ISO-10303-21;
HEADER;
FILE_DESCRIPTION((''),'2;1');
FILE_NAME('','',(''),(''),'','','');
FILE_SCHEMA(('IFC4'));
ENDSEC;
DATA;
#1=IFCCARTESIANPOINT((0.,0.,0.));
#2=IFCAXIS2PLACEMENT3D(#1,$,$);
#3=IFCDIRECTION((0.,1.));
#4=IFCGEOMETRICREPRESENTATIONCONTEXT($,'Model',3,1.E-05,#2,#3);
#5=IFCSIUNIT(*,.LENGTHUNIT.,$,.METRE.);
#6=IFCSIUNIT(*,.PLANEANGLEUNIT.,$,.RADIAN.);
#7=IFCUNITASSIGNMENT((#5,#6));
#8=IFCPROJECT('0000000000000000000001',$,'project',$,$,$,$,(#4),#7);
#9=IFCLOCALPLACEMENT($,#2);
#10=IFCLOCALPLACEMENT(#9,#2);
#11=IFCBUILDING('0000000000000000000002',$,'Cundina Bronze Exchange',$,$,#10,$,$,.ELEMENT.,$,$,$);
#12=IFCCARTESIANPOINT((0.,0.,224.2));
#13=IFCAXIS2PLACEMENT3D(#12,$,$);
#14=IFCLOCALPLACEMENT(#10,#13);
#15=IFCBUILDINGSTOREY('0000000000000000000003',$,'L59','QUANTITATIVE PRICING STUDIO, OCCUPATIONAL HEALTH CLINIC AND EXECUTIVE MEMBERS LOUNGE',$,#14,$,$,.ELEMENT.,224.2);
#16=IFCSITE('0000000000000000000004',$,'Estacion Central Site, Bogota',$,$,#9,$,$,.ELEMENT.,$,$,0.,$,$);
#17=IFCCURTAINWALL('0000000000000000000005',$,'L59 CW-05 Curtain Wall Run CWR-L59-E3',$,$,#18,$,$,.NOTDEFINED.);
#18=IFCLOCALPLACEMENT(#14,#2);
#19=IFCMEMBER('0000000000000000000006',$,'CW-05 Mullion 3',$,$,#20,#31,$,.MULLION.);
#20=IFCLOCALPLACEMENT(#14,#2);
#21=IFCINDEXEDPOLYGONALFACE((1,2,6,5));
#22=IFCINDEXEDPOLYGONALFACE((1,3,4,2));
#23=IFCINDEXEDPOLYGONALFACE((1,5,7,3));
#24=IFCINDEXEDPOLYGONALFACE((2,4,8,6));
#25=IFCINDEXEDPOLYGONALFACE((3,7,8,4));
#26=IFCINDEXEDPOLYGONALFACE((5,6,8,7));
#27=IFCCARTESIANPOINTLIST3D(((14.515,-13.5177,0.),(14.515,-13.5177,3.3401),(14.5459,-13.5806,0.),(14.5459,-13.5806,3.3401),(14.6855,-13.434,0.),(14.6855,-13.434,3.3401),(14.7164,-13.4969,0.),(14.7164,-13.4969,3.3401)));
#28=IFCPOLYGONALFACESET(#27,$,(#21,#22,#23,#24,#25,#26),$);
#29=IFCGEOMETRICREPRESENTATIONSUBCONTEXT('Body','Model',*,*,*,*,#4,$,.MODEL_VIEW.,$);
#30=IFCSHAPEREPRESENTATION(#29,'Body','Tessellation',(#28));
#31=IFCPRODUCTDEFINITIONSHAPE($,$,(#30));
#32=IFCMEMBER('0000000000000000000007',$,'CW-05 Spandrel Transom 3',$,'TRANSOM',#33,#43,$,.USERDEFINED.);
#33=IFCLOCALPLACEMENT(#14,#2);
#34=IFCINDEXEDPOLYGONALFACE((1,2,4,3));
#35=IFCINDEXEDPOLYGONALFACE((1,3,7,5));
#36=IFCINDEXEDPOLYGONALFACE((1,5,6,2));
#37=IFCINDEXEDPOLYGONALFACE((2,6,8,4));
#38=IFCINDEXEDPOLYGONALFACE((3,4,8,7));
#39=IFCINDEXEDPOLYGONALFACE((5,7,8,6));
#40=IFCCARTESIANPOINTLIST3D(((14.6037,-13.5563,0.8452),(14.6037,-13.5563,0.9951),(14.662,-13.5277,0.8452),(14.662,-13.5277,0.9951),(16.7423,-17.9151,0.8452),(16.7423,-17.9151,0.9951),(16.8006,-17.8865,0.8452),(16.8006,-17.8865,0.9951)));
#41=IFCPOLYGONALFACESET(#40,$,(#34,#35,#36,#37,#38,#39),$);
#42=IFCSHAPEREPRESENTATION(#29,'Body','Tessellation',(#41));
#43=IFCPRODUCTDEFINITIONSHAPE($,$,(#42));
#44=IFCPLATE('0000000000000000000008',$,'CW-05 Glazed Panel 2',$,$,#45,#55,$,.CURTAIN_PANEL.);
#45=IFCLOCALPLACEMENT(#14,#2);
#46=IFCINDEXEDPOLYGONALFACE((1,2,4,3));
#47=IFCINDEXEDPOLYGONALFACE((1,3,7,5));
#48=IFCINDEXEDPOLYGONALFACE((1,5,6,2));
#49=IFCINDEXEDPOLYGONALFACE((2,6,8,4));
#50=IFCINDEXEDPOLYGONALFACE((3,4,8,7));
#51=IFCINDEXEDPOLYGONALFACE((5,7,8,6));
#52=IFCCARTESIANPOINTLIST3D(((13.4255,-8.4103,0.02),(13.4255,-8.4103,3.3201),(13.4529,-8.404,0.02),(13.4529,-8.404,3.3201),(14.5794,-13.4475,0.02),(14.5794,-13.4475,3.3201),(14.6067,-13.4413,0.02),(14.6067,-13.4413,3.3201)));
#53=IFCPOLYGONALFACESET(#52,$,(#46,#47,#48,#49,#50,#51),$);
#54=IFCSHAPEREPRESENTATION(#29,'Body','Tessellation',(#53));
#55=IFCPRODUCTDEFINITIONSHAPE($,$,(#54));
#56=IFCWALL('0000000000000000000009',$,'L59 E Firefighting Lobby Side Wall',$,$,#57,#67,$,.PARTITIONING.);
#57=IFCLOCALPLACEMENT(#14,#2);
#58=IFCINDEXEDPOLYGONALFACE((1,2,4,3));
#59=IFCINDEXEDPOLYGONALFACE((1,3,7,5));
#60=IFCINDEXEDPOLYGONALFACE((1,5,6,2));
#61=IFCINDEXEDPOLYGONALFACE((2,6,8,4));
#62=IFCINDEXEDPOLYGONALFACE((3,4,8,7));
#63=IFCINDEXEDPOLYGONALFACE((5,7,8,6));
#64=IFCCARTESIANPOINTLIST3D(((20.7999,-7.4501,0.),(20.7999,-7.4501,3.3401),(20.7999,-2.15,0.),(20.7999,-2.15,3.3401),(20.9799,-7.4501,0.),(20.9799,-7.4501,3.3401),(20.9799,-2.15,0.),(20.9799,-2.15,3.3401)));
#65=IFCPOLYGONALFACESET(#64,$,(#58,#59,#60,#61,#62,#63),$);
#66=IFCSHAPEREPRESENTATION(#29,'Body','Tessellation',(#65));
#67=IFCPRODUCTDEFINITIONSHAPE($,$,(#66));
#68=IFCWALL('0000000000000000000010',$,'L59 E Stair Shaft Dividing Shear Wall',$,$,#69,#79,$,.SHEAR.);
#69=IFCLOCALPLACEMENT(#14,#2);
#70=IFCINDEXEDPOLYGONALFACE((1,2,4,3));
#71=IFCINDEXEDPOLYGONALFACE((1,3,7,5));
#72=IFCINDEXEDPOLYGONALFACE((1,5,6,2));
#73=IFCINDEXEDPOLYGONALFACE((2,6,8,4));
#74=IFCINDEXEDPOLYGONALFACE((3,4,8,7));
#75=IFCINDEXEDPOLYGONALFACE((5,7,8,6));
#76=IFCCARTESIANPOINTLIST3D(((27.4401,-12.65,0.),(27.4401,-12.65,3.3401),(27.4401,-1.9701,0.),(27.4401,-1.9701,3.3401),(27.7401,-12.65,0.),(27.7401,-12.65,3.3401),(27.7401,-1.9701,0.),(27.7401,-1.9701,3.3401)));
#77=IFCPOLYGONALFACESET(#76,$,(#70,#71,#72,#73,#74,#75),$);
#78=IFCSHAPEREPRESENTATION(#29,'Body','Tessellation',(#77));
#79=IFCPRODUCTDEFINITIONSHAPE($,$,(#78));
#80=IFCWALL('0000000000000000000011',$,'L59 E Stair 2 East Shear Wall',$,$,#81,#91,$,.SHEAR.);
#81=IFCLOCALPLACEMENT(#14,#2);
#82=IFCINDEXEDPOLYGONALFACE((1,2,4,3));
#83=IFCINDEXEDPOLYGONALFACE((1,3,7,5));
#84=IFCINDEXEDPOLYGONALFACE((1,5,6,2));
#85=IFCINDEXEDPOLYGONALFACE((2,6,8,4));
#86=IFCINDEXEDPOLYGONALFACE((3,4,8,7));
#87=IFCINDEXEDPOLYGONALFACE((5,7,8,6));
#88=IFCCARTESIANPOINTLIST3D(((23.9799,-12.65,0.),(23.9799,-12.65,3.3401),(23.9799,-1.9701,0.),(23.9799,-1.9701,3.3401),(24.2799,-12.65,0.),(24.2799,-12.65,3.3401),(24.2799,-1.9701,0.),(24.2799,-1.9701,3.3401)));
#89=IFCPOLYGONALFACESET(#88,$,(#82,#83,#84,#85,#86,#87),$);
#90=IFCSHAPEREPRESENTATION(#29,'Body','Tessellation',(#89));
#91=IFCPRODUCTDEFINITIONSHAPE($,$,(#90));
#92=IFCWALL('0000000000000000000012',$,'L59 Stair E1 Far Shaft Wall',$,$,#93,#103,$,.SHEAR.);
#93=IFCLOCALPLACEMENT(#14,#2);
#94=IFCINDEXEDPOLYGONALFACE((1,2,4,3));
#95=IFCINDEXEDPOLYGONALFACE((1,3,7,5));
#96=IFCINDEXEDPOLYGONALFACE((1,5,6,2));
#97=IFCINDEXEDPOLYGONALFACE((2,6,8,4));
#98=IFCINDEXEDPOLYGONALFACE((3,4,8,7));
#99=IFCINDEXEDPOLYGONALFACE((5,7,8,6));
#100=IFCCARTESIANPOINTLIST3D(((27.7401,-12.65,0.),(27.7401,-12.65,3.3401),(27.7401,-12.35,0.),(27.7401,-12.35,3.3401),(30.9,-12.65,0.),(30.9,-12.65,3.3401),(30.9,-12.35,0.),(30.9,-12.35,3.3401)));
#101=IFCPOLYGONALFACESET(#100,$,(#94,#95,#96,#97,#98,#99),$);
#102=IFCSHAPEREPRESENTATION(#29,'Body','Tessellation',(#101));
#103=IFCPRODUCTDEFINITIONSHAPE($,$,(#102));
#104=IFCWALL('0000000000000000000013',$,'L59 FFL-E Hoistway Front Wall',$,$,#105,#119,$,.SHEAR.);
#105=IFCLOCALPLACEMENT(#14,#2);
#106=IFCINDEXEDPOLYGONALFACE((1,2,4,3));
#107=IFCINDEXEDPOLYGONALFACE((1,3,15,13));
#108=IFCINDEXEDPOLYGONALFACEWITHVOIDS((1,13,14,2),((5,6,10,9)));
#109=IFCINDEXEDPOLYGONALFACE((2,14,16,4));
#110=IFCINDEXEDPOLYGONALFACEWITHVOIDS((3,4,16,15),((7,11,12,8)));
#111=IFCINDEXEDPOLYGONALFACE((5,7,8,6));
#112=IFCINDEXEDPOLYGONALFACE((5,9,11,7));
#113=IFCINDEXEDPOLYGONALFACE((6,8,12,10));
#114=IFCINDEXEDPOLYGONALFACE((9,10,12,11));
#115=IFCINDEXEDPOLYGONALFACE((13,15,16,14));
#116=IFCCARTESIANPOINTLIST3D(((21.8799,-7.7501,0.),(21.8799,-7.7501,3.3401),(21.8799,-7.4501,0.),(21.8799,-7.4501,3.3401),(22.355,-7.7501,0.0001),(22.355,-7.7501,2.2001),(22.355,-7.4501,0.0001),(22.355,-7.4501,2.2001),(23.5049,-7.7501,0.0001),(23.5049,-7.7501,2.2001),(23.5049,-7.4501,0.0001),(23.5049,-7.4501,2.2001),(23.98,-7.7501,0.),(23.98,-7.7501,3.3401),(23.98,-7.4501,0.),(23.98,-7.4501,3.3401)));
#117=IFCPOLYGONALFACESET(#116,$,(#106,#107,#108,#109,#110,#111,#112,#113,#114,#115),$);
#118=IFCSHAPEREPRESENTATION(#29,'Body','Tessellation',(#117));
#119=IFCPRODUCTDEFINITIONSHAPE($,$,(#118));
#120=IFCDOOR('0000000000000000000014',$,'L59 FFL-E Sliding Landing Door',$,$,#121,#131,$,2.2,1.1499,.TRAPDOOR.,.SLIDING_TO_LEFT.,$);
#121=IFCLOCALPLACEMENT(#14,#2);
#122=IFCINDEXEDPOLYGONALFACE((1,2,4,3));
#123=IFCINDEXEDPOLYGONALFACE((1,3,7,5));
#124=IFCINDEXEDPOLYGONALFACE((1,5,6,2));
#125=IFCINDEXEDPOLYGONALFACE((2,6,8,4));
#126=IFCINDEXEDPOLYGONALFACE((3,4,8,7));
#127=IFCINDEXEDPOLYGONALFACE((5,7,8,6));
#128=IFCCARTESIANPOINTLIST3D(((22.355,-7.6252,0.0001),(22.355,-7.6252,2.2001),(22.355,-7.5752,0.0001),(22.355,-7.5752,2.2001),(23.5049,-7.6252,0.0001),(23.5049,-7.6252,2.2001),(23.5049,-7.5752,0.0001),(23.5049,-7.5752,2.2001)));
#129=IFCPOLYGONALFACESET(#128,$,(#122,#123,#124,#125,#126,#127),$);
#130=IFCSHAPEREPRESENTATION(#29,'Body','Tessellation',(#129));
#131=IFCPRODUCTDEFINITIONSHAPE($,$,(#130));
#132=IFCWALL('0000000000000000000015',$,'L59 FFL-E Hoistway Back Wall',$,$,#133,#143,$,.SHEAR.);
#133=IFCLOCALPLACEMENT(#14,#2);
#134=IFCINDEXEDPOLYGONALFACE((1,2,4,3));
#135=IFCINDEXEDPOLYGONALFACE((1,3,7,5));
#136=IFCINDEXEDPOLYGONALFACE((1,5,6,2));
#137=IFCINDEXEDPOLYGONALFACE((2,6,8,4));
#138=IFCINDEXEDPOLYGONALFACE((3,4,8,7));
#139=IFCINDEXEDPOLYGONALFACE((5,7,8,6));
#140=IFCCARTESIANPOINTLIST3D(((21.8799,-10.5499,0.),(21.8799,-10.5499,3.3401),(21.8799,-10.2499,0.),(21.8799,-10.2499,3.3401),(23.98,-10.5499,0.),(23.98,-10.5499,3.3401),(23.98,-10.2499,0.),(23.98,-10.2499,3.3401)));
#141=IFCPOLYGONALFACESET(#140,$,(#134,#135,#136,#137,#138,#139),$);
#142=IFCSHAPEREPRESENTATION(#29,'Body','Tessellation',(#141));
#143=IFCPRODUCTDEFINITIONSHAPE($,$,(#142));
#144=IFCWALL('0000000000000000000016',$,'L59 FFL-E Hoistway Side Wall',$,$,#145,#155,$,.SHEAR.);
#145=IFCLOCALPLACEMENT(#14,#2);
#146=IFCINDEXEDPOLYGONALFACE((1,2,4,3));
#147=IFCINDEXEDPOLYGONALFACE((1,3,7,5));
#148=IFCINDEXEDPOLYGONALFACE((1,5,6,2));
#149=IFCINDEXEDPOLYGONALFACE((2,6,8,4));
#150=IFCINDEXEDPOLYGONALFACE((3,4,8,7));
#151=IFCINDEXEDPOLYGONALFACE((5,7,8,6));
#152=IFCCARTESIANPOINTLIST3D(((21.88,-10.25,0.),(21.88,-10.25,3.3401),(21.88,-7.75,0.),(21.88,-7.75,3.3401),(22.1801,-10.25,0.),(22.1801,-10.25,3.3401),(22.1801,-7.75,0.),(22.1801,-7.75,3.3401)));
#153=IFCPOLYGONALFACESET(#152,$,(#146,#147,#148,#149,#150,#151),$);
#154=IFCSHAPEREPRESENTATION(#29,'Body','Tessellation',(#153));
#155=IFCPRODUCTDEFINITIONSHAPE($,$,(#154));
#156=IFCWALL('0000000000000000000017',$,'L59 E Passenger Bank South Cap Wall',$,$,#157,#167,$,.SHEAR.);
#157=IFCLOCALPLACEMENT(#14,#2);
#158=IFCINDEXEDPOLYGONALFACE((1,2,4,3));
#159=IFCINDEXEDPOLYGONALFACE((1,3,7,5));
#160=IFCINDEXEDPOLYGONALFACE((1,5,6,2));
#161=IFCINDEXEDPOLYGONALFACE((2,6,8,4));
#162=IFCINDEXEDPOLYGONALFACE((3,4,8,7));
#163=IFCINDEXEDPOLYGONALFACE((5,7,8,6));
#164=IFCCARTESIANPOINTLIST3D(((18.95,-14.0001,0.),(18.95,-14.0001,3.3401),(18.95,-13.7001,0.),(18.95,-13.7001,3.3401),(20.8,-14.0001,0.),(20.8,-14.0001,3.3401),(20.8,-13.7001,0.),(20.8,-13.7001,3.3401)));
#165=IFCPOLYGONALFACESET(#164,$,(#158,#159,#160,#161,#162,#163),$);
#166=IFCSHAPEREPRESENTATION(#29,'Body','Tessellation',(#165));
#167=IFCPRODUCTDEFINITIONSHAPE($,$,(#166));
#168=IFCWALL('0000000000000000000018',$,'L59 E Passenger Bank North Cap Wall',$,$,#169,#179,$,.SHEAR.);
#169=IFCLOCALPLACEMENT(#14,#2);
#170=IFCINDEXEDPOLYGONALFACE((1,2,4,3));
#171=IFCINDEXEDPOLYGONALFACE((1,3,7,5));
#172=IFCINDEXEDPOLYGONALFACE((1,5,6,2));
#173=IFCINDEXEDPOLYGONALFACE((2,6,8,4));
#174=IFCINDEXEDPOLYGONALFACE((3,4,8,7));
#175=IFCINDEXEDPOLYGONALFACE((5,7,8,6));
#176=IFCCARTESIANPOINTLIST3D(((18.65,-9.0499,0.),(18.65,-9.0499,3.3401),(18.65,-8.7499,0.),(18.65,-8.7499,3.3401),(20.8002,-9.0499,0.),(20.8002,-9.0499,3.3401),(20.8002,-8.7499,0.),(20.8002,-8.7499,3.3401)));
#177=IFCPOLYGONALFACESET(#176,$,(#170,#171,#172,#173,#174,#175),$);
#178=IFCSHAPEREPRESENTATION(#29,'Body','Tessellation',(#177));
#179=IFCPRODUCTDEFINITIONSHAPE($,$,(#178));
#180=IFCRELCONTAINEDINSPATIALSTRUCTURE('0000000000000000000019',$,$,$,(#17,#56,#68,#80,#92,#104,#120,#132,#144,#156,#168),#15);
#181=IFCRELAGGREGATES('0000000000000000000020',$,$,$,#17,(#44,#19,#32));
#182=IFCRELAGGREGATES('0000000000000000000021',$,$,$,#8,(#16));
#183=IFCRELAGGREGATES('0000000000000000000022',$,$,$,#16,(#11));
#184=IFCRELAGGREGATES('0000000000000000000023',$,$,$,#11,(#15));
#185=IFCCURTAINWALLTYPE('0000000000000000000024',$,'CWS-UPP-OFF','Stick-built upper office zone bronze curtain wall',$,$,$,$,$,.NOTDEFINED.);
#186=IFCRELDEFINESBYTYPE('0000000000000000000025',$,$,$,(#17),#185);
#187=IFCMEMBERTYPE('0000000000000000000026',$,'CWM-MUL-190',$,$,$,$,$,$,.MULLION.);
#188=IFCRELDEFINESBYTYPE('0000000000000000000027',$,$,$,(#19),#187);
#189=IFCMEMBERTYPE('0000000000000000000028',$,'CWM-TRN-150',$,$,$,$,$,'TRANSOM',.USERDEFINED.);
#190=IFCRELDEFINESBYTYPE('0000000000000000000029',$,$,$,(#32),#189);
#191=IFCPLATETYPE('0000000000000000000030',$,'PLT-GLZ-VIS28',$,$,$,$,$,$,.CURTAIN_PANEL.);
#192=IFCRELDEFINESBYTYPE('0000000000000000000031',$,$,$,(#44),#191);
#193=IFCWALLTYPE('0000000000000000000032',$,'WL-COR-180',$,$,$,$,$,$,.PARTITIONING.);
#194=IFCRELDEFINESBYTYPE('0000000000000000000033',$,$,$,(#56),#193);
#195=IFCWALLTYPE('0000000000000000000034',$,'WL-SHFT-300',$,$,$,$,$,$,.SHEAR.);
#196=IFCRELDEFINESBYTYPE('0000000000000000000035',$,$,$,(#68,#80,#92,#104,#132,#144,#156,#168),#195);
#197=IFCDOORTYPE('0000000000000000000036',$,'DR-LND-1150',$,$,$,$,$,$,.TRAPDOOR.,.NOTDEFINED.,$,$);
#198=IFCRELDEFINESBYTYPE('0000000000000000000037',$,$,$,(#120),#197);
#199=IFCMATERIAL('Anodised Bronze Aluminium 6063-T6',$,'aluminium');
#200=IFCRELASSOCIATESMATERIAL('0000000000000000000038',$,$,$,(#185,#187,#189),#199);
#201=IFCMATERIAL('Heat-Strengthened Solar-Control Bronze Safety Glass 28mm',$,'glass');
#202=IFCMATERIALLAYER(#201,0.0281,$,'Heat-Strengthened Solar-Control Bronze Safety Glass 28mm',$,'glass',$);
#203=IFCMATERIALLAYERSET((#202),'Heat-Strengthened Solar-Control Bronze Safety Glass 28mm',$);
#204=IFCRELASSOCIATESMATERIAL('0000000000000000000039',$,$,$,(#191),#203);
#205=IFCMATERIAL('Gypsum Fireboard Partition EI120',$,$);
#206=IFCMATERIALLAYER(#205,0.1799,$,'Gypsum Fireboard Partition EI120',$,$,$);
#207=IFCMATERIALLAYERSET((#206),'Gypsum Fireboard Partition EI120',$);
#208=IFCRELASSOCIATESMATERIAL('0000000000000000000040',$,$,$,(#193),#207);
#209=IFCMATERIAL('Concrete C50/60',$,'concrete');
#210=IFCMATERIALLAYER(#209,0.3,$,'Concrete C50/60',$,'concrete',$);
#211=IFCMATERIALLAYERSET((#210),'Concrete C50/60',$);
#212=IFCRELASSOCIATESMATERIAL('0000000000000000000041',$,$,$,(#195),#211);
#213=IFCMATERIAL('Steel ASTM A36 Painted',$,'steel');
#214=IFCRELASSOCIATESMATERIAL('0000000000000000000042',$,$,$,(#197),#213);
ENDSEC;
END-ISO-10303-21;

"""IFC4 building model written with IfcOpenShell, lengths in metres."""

from ifc_helpers import new_model, si_unit, direction, frame, frame_2d, origin, origin_2d, place, context, subcontext, project, spatial, rectangle, extrude, material, layer, layer_set, material_profile, profile_set, type_object, element, fill, aggregate, save


model = new_model("IFC4")

# Units and contexts
model_context = context("Model", 3, precision=1e-05, world=origin(), true_north=direction((0.0, 1.0)))
body_context = subcontext(model_context, "Body", "Model", "MODEL_VIEW")
ifc_project = project(units=[si_unit("LENGTHUNIT", "METRE"), si_unit("PLANEANGLEUNIT", "RADIAN")], contexts=[model_context])

# Site, building, storey
site_placement = place(None, origin())
site = spatial("IfcSite", under=ifc_project, at=site_placement, Name="Estacion Central Site, Bogota", CompositionType="ELEMENT", RefElevation=0.0)
building_placement = place(site_placement, origin())
building = spatial("IfcBuilding", under=site, at=building_placement, Name="Cundina Bronze Exchange", CompositionType="ELEMENT")
storey_placement = place(building_placement, frame((0.0, 0.0, 224.2)))
storey = spatial("IfcBuildingStorey", under=building, at=storey_placement, Name="L59", Description="QUANTITATIVE PRICING STUDIO, OCCUPATIONAL HEALTH CLINIC AND EXECUTIVE MEMBERS LOUNGE", CompositionType="ELEMENT", Elevation=224.2)

# Shared definitions
ifc_material_1 = material(Name="Concrete C50/60", Category="concrete")

# Curtain wall, members, plate
ifc_material_2 = material(Name="Anodised Bronze Aluminium 6063-T6", Category="aluminium")
curtain_wall_type = type_object("IfcCurtainWallType", Name="CWS-UPP-OFF", Description="Stick-built upper office zone bronze curtain wall", PredefinedType="NOTDEFINED", material=ifc_material_2)
curtain_wall_placement = place(storey_placement, origin())
curtain_wall = element("IfcCurtainWall", 1, at=curtain_wall_placement, inside=storey, type_object=curtain_wall_type, Name="L59 CW-05 Curtain Wall Run CWR-L59-E3", PredefinedType="NOTDEFINED")
ifc_material_profile_1 = material_profile(ifc_material_2, rectangle(XDim=0.0701, YDim=0.1899, at=origin_2d()), Name="AL70X190", Category="aluminium")
ifc_profile_set_1 = profile_set([ifc_material_profile_1], Name="Anodised Bronze Aluminium 6063-T6")
member_type_1 = type_object("IfcMemberType", Name="CWM-MUL-190", PredefinedType="MULLION", material=ifc_profile_set_1)
member_1_placement = place(storey_placement, frame((14.6157, -13.5073, 0.0), z_axis=(0.0, 0.0, 1.0), x_axis=(0.440566, -0.89772, 0.0)))
member_1 = element("IfcMember", 2, at=member_1_placement, type_object=member_type_1, Name="CW-05 Mullion 3", PredefinedType="MULLION", context=body_context, shape_type="SweptSolid", body=[
    extrude(rectangle(XDim=0.0701, YDim=0.1899, at=origin_2d()), origin(), (0.0, 0.0, 1.0), 3.3401),
])
ifc_material_profile_2 = material_profile(ifc_material_2, rectangle(XDim=0.0649, YDim=0.1499, at=origin_2d()), Name="AL65X150", Category="aluminium")
ifc_profile_set_2 = profile_set([ifc_material_profile_2], Name="Anodised Bronze Aluminium 6063-T6")
member_type_2 = type_object("IfcMemberType", Name="CWM-TRN-150", ElementType="TRANSOM", PredefinedType="USERDEFINED", material=ifc_profile_set_2)
member_2_placement = place(storey_placement, frame((14.6328, -13.542, 0.9202), z_axis=(0.440483, -0.897761, 0.0), x_axis=(0.897761, 0.440483, 0.0)))
member_2 = element("IfcMember", 3, at=member_2_placement, type_object=member_type_2, Name="CW-05 Spandrel Transom 3", ObjectType="TRANSOM", PredefinedType="USERDEFINED", context=body_context, shape_type="SweptSolid", body=[
    extrude(rectangle(XDim=0.0649, YDim=0.1499, at=origin_2d()), origin(), (0.0, 0.0, 1.0), 4.8552),
])
ifc_material_3 = material(Name="Heat-Strengthened Solar-Control Bronze Safety Glass 28mm", Category="glass")
ifc_layer_1 = layer(ifc_material_3, 0.0281, Name="Heat-Strengthened Solar-Control Bronze Safety Glass 28mm", Category="glass")
ifc_layer_set_1 = layer_set([ifc_layer_1], Name="Heat-Strengthened Solar-Control Bronze Safety Glass 28mm")
plate_type = type_object("IfcPlateType", Name="PLT-GLZ-VIS28", PredefinedType="CURTAIN_PANEL", material=ifc_layer_set_1)
plate_placement = place(storey_placement, frame((14.0161, -10.9258, 0.02), z_axis=(0.0, 0.0, 1.0), x_axis=(0.223284, -0.974753, 0.0)))
plate = element("IfcPlate", 4, at=plate_placement, type_object=plate_type, Name="CW-05 Glazed Panel 2", PredefinedType="CURTAIN_PANEL", context=body_context, shape_type="SweptSolid", body=[
    extrude(rectangle(XDim=5.1677, YDim=0.0281, at=origin_2d()), origin(), (0.0, 0.0, 1.0), 3.3),
])
aggregate(curtain_wall, [plate, member_1, member_2])

# Walls
ifc_material_4 = material(Name="Gypsum Fireboard Partition EI120")
ifc_layer_2 = layer(ifc_material_4, 0.1799, Name="Gypsum Fireboard Partition EI120")
ifc_layer_set_2 = layer_set([ifc_layer_2], Name="Gypsum Fireboard Partition EI120")
wall_type_1 = type_object("IfcWallType", Name="WL-COR-180", PredefinedType="PARTITIONING", material=ifc_layer_set_2)
wall_1_placement = place(storey_placement, frame((20.8899, -7.45, 0.0), z_axis=(0.0, 0.0, 1.0), x_axis=(0.0, 1.0, 0.0)))
element("IfcWall", 5, at=wall_1_placement, inside=storey, type_object=wall_type_1, Name="L59 E Firefighting Lobby Side Wall", PredefinedType="PARTITIONING", context=body_context, shape_type="SweptSolid", body=[
    extrude(rectangle(XDim=5.3, YDim=0.1799, at=frame_2d((2.6499, 0.0))), origin(), (0.0, 0.0, 1.0), 3.3401),
])
ifc_layer_3 = layer(ifc_material_1, 0.3, Name="Concrete C50/60", Category="concrete")
ifc_layer_set_3 = layer_set([ifc_layer_3], Name="Concrete C50/60")
wall_type_2 = type_object("IfcWallType", Name="WL-SHFT-300", PredefinedType="SHEAR", material=ifc_layer_set_3)
for number, where, z_axis, x_axis, name in (
    (6, (27.5901, -12.6499, 0.0), (0.0, 0.0, 1.0), (0.0, 1.0, 0.0), "L59 E Stair Shaft Dividing Shear Wall"),
    (7, (24.1299, -12.6499, 0.0), (0.0, 0.0, 1.0), (0.0, 1.0, 0.0), "L59 E Stair 2 East Shear Wall"),
):
    element("IfcWall", number, at=place(storey_placement, frame(where, z_axis=z_axis, x_axis=x_axis)), inside=storey, type_object=wall_type_2, Name=name, PredefinedType="SHEAR", context=body_context, shape_type="SweptSolid", body=[
        extrude(rectangle(XDim=10.6799, YDim=0.3, at=frame_2d((5.3398, 0.0))), origin(), (0.0, 0.0, 1.0), 3.3401),
    ])
wall_2_placement = place(storey_placement, frame((27.74, -12.5, 0.0), z_axis=(0.0, 0.0, 1.0), x_axis=(1.0, 0.0, 0.0)))
element("IfcWall", 8, at=wall_2_placement, inside=storey, type_object=wall_type_2, Name="L59 Stair E1 Far Shaft Wall", PredefinedType="SHEAR", context=body_context, shape_type="SweptSolid", body=[
    extrude(rectangle(XDim=3.1599, YDim=0.3, at=frame_2d((1.5801, 0.0))), origin(), (0.0, 0.0, 1.0), 3.3401),
])

# Wall, opening, door
ifc_material_5 = material(Name="Steel ASTM A36 Painted", Category="steel")
wall_3_placement = place(storey_placement, frame((21.8799, -7.6001, 0.0), z_axis=(0.0, 0.0, 1.0), x_axis=(1.0, 0.0, 0.0)))
wall_3 = element("IfcWall", 9, at=wall_3_placement, inside=storey, type_object=wall_type_2, Name="L59 FFL-E Hoistway Front Wall", PredefinedType="SHEAR", context=body_context, shape_type="SweptSolid", body=[
    extrude(rectangle(XDim=2.1001, YDim=0.3, at=frame_2d((1.05, 0.0))), origin(), (0.0, 0.0, 1.0), 3.3401),
])
opening_1_placement = place(wall_3_placement, frame((0.4751, 0.0, 0.0)))
opening_1 = element("IfcOpeningElement", 10, at=opening_1_placement, cuts=wall_3, PredefinedType="OPENING", context=body_context, shape_type="SweptSolid", body=[
    extrude(rectangle(XDim=1.1499, YDim=2.2, at=frame_2d((0.575, 1.1001))), frame((0.0, 0.1599, 0.0), z_axis=(0.0, -1.0, 0.0), x_axis=(1.0, 0.0, 0.0)), (0.0, 0.0, 1.0), 0.3201),
])
door_type_1 = type_object("IfcDoorType", Name="DR-LND-1150", OperationType="NOTDEFINED", PredefinedType="TRAPDOOR", material=ifc_material_5)
door_1_placement = place(opening_1_placement, origin())
door_1 = element("IfcDoor", 11, at=door_1_placement, inside=storey, type_object=door_type_1, Name="L59 FFL-E Sliding Landing Door", OperationType="SLIDING_TO_LEFT", OverallHeight=2.2, OverallWidth=1.1499, PredefinedType="TRAPDOOR", context=body_context, shape_type="SweptSolid", body=[
    extrude(rectangle(XDim=1.1499, YDim=2.2, at=frame_2d((0.575, 1.1001))), frame((0.0, 0.0249, 0.0), z_axis=(0.0, -1.0, 0.0), x_axis=(1.0, 0.0, 0.0)), (0.0, 0.0, 1.0), 0.05),
])
fill(opening_1, door_1)

# Walls
wall_4_placement = place(storey_placement, frame((21.8799, -10.3999, 0.0), z_axis=(0.0, 0.0, 1.0), x_axis=(1.0, 0.0, 0.0)))
element("IfcWall", 12, at=wall_4_placement, inside=storey, type_object=wall_type_2, Name="L59 FFL-E Hoistway Back Wall", PredefinedType="SHEAR", context=body_context, shape_type="SweptSolid", body=[
    extrude(rectangle(XDim=2.1001, YDim=0.3, at=frame_2d((1.05, 0.0))), origin(), (0.0, 0.0, 1.0), 3.3401),
])
wall_5_placement = place(storey_placement, frame((22.03, -10.25, 0.0), z_axis=(0.0, 0.0, 1.0), x_axis=(0.0, 1.0, 0.0)))
element("IfcWall", 13, at=wall_5_placement, inside=storey, type_object=wall_type_2, Name="L59 FFL-E Hoistway Side Wall", PredefinedType="SHEAR", context=body_context, shape_type="SweptSolid", body=[
    extrude(rectangle(XDim=2.5, YDim=0.3, at=frame_2d((1.25, 0.0))), origin(), (0.0, 0.0, 1.0), 3.3401),
])
wall_6_placement = place(storey_placement, frame((18.95, -13.8501, 0.0), z_axis=(0.0, 0.0, 1.0), x_axis=(1.0, 0.0, 0.0)))
element("IfcWall", 14, at=wall_6_placement, inside=storey, type_object=wall_type_2, Name="L59 E Passenger Bank South Cap Wall", PredefinedType="SHEAR", context=body_context, shape_type="SweptSolid", body=[
    extrude(rectangle(XDim=1.8501, YDim=0.3, at=frame_2d((0.925, 0.0))), origin(), (0.0, 0.0, 1.0), 3.3401),
])
wall_7_placement = place(storey_placement, frame((18.6499, -8.8999, 0.0), z_axis=(0.0, 0.0, 1.0), x_axis=(1.0, 0.0, 0.0)))
element("IfcWall", 15, at=wall_7_placement, inside=storey, type_object=wall_type_2, Name="L59 E Passenger Bank North Cap Wall", PredefinedType="SHEAR", context=body_context, shape_type="SweptSolid", body=[
    extrude(rectangle(XDim=2.1501, YDim=0.3, at=frame_2d((1.0752, 0.0))), origin(), (0.0, 0.0, 1.0), 3.3401),
])

save(model, "model.ifc")
